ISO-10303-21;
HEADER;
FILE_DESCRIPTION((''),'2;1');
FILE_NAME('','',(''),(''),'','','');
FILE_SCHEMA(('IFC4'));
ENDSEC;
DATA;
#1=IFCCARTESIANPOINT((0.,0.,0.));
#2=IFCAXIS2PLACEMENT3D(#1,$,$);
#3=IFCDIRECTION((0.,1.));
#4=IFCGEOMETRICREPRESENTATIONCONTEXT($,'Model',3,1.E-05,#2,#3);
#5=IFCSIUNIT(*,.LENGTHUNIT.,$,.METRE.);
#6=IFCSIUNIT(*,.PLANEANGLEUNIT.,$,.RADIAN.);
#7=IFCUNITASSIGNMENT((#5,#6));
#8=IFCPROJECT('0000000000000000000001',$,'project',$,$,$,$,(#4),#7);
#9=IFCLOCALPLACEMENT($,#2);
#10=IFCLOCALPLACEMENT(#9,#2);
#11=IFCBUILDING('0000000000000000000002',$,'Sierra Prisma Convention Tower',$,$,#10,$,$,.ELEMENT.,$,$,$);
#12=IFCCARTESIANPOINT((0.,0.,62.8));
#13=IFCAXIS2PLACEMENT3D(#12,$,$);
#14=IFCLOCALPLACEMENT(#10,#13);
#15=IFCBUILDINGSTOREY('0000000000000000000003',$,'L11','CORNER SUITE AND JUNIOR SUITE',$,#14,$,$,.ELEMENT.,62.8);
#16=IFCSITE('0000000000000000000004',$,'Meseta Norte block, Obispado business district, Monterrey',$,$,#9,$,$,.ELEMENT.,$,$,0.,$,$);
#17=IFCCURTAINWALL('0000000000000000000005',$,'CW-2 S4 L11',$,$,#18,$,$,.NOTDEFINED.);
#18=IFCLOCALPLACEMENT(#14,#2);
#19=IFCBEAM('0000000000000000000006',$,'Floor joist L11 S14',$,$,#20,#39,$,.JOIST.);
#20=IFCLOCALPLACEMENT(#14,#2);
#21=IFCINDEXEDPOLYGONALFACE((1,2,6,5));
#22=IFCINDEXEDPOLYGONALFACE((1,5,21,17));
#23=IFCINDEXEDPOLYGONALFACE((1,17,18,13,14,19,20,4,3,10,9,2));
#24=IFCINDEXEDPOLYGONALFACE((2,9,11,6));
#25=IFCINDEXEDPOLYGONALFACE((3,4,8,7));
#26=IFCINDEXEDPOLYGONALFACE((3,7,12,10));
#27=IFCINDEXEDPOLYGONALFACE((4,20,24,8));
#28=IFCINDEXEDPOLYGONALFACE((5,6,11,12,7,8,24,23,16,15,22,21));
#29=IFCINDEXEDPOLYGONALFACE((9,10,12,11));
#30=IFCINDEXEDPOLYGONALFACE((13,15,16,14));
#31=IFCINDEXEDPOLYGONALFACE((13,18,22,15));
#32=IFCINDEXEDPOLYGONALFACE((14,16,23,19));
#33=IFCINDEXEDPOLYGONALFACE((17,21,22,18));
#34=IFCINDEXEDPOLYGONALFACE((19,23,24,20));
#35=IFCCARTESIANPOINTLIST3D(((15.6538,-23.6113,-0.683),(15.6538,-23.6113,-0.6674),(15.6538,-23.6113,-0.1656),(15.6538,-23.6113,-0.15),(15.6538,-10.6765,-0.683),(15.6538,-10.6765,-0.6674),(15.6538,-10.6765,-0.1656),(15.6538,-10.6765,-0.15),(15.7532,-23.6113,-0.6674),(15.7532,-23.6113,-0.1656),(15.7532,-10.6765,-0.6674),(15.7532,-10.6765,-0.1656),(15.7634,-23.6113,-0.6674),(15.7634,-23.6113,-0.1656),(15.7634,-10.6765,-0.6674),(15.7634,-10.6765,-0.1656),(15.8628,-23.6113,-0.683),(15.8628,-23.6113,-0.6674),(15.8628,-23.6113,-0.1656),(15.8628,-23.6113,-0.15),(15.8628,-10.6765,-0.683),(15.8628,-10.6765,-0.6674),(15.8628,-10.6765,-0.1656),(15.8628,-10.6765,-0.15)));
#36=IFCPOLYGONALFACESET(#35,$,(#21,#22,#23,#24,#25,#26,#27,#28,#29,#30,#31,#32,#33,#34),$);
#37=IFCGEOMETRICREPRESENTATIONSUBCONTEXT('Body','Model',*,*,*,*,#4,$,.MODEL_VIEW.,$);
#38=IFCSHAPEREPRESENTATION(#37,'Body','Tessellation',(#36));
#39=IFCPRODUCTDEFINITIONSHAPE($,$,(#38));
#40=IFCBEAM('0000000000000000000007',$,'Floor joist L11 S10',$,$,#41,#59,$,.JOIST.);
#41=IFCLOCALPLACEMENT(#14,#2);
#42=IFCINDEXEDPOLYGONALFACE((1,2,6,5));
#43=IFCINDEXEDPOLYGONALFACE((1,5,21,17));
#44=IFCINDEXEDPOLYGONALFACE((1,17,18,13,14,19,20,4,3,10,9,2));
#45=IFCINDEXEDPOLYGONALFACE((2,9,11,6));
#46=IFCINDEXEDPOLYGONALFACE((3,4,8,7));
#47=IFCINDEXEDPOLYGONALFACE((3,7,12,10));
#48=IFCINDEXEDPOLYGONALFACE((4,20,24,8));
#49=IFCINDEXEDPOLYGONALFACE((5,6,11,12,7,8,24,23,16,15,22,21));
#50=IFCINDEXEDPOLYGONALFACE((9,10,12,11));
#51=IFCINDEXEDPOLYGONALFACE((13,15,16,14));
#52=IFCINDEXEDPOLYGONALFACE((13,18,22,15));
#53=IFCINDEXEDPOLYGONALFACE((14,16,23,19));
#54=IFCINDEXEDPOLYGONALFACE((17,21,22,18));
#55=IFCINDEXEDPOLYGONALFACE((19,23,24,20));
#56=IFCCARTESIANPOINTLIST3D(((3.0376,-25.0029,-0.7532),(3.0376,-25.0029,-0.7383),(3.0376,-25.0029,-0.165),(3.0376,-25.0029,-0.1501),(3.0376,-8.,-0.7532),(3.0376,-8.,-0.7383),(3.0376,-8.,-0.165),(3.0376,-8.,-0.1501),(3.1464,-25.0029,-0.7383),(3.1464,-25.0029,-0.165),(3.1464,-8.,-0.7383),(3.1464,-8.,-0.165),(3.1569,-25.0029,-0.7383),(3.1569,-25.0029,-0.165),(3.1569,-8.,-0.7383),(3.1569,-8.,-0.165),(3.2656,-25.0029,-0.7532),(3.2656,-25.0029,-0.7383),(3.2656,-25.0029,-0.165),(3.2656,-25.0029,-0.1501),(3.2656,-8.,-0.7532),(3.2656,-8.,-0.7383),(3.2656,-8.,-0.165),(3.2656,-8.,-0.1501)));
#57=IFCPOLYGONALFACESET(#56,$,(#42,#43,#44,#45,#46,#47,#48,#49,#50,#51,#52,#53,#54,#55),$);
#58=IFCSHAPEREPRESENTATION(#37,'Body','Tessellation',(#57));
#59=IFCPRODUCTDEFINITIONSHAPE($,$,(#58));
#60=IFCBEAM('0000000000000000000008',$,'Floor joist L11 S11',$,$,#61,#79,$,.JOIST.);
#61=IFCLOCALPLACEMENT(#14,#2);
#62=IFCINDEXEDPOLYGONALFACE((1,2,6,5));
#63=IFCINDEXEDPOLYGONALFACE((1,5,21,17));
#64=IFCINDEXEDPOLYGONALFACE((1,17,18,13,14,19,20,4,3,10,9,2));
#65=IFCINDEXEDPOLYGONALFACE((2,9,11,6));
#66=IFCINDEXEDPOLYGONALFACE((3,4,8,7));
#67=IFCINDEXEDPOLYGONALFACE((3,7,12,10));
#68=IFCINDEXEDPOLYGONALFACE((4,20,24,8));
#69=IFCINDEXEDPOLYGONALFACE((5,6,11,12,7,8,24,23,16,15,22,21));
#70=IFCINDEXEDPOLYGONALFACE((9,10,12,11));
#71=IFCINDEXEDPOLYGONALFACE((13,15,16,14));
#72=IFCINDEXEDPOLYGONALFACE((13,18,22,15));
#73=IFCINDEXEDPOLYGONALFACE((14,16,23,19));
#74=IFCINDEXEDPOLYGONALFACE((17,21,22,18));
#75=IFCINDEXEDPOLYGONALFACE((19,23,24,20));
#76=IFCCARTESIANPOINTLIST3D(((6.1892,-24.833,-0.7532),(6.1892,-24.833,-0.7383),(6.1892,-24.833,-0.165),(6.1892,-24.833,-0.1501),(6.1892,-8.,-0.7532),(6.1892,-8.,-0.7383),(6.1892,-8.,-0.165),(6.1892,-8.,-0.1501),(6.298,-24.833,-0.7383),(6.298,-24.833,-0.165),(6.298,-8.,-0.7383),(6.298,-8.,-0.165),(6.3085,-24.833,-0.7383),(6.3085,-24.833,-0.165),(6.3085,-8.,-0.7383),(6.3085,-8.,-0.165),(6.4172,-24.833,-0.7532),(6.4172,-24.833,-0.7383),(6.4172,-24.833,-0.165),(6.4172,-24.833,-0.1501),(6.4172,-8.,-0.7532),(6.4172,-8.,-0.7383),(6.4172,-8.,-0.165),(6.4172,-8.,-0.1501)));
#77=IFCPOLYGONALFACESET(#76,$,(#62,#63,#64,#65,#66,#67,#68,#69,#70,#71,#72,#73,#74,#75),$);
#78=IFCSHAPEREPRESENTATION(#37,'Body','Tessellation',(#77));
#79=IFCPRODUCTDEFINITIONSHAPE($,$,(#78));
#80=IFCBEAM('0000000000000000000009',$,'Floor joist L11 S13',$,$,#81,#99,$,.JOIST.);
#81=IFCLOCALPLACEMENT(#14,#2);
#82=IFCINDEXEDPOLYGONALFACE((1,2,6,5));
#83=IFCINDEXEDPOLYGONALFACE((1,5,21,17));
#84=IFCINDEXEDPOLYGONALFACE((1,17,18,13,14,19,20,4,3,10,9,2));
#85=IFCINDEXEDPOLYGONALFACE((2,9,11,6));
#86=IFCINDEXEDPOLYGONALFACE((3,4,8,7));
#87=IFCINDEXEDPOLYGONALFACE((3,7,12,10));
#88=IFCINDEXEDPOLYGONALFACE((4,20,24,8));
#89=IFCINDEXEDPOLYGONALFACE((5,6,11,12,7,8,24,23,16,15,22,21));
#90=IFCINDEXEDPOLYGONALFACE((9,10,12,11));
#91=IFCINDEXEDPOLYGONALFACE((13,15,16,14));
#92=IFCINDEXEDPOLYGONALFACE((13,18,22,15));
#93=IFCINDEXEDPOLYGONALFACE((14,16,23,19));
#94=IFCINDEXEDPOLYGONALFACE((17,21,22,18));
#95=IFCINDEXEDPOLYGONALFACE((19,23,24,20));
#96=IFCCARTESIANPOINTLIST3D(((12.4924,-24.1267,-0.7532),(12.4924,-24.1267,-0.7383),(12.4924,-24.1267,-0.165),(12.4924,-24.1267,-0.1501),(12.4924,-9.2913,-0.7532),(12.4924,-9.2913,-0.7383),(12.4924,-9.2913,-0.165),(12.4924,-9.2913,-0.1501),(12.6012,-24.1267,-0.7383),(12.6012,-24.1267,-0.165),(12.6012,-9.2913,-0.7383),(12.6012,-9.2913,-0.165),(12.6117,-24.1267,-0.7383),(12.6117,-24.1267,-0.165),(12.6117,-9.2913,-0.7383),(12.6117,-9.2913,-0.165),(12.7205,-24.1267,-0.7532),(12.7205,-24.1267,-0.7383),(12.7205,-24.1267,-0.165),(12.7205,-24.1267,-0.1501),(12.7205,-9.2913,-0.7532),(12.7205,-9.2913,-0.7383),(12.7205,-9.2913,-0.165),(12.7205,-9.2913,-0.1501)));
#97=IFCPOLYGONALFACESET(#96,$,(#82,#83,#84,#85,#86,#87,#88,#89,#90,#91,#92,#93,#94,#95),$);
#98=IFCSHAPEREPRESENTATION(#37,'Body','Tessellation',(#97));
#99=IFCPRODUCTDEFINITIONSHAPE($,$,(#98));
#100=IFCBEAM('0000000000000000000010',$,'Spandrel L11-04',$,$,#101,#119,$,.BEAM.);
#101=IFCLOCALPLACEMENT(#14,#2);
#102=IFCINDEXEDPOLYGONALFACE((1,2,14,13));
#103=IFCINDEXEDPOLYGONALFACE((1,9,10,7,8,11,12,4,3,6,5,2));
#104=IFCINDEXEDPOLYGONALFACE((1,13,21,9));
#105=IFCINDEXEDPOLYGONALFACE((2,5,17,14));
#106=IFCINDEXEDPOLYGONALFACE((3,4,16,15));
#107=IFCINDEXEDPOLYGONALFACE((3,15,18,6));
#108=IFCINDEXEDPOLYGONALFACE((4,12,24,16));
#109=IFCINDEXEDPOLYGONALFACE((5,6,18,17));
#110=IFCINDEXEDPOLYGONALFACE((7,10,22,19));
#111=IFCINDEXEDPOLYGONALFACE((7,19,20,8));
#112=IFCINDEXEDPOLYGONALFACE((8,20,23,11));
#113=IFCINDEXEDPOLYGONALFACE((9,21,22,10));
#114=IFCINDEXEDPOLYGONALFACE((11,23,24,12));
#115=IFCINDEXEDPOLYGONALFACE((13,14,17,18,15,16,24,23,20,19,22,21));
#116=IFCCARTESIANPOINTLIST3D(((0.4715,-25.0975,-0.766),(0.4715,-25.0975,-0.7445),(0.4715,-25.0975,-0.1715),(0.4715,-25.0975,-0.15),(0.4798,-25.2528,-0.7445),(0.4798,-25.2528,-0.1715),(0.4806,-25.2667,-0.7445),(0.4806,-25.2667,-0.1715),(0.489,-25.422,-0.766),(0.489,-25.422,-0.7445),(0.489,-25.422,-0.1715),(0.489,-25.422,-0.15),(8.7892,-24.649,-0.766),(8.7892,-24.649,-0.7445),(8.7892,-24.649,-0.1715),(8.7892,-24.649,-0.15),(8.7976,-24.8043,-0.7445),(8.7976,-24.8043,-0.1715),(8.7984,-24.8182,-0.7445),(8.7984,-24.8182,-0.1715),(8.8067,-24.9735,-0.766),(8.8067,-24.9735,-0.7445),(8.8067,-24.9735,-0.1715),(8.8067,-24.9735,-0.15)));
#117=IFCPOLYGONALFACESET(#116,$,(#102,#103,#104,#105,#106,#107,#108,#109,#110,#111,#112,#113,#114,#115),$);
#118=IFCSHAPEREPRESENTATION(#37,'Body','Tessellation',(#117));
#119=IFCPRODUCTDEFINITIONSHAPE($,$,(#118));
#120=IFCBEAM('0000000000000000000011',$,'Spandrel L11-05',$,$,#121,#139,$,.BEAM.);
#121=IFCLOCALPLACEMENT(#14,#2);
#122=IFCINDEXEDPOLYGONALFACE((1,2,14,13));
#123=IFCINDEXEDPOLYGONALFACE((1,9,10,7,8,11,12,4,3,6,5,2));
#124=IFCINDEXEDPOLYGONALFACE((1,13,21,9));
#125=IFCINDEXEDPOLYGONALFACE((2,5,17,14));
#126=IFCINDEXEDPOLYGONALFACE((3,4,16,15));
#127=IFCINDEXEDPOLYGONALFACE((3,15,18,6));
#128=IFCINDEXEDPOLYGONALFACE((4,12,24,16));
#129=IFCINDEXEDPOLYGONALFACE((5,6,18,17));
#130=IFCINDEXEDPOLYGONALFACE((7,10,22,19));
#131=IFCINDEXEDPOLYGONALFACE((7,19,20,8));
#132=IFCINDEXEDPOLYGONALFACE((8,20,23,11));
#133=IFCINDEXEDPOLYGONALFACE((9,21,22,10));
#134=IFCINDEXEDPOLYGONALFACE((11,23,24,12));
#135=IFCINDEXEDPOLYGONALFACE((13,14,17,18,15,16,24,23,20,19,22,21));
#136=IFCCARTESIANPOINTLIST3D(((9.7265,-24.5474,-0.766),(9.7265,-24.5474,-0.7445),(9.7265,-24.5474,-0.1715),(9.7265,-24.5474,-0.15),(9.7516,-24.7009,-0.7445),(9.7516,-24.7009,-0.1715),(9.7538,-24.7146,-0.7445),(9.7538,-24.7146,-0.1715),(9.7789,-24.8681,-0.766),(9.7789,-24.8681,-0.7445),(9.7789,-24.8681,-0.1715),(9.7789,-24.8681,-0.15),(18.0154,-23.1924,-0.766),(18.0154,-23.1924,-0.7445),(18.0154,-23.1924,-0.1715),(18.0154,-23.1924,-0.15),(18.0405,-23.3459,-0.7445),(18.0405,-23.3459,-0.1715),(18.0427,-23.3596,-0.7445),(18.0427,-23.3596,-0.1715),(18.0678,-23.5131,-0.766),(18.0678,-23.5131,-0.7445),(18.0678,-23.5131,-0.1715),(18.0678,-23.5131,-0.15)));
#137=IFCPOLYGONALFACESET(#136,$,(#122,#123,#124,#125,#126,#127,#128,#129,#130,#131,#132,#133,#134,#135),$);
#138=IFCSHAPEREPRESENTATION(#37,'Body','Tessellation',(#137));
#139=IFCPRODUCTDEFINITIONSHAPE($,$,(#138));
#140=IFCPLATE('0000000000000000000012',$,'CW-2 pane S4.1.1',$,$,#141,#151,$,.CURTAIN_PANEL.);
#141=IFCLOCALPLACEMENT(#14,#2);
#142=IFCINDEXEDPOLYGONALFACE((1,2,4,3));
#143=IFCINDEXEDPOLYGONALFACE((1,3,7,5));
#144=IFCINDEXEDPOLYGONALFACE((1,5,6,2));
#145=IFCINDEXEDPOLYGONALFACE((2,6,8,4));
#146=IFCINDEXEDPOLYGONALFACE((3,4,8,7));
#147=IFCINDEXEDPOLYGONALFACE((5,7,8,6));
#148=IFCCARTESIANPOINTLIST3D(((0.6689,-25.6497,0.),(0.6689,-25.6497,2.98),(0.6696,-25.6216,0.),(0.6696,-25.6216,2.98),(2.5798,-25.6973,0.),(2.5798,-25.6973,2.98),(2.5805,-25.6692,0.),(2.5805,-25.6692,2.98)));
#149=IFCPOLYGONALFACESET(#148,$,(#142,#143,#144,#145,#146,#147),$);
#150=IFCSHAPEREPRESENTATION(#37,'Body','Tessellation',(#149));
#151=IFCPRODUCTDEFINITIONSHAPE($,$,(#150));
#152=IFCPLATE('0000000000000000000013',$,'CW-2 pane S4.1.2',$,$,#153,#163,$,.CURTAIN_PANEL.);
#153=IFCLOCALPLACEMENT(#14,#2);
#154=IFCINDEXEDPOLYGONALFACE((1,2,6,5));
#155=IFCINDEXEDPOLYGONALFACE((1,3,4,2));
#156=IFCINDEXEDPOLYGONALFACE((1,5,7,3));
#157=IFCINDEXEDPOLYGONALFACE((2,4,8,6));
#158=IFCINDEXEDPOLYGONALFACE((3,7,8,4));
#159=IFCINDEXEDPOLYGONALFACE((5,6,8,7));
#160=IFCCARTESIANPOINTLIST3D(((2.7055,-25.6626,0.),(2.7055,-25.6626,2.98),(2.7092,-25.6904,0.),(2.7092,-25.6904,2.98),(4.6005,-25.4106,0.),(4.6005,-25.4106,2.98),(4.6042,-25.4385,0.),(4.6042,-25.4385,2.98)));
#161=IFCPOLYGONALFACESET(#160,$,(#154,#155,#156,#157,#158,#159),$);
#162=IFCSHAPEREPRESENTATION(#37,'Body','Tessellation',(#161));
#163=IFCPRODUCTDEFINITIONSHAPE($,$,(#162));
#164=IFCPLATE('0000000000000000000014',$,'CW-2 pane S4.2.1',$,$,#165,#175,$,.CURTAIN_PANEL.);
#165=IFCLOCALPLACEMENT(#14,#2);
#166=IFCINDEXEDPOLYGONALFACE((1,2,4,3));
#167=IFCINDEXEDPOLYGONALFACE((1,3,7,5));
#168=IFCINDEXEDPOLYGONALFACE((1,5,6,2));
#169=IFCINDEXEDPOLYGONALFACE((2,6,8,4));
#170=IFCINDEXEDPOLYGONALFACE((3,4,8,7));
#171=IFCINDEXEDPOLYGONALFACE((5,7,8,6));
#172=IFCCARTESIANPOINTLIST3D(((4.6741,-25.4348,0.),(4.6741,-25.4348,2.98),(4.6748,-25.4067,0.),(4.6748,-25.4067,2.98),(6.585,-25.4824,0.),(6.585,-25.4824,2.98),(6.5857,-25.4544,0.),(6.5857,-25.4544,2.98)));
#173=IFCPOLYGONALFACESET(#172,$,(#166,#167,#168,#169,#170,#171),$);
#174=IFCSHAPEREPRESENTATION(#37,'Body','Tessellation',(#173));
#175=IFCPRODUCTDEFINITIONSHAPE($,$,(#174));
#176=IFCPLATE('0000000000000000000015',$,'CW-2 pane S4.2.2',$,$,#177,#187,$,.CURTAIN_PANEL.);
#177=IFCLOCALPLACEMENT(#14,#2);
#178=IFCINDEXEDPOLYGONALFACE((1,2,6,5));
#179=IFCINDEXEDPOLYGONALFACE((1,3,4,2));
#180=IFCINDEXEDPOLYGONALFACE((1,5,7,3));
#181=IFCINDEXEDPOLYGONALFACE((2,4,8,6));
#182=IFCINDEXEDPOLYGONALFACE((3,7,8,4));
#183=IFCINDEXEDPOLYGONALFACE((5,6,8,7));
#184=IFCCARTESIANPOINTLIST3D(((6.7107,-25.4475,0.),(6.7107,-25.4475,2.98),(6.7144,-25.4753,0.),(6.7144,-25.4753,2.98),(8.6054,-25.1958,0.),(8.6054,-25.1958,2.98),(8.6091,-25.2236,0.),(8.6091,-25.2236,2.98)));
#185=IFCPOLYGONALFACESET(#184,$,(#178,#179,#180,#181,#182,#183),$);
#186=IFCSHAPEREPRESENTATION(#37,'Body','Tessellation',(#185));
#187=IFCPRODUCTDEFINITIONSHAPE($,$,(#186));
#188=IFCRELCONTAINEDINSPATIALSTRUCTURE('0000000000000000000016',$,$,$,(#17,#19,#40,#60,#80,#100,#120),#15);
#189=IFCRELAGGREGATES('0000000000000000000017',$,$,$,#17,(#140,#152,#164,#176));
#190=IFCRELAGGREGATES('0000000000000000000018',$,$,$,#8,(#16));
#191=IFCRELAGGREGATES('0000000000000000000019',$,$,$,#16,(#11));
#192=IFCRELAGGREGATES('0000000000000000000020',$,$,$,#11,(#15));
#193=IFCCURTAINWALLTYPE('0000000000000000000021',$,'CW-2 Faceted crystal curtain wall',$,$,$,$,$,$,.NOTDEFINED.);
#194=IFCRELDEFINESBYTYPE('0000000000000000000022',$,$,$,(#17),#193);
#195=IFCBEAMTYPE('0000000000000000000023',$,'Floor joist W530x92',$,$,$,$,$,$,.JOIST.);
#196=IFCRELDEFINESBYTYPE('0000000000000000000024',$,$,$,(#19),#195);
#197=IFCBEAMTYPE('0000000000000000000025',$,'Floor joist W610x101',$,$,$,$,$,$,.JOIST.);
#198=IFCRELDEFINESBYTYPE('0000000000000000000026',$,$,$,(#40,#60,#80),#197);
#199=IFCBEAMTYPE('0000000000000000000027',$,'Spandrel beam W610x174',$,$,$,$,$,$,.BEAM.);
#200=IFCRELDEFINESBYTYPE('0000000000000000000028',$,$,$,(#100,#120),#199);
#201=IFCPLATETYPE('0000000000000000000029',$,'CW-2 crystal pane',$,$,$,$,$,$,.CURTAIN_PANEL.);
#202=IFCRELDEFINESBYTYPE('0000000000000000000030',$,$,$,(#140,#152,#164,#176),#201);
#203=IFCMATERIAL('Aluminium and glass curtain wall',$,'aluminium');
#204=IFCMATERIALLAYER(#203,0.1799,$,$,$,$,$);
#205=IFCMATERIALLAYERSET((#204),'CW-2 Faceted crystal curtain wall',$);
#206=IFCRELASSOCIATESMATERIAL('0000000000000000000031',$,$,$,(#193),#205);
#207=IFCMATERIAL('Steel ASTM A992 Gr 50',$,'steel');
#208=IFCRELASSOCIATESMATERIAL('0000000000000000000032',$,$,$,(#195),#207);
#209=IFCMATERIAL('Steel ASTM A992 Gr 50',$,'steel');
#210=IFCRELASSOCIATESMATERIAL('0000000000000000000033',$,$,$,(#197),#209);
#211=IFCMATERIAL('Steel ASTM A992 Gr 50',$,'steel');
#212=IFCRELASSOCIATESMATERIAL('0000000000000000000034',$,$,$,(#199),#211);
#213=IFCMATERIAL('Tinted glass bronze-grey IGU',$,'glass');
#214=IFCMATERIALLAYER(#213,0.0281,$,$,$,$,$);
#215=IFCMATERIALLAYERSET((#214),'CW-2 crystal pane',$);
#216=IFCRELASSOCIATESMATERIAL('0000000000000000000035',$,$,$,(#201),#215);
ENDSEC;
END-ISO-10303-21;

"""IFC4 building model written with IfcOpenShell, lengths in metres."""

from ifc_helpers import new_model, si_unit, direction, frame, origin, origin_2d, place, context, subcontext, project, spatial, polyline, i_section, outline, extrude, material, layer, layer_set, material_profile, profile_set, type_object, element, aggregate, save


model = new_model("IFC4")

# Units and contexts
model_context = context("Model", 3, precision=1e-05, world=origin(), true_north=direction((0.0, 1.0)))
body_context = subcontext(model_context, "Body", "Model", "MODEL_VIEW")
ifc_project = project(units=[si_unit("LENGTHUNIT", "METRE"), si_unit("PLANEANGLEUNIT", "RADIAN")], contexts=[model_context])

# Site, building, storey
site_placement = place(None, origin())
site = spatial("IfcSite", under=ifc_project, at=site_placement, Name="Meseta Norte block, Obispado business district, Monterrey", CompositionType="ELEMENT", RefElevation=0.0)
building_placement = place(site_placement, origin())
building = spatial("IfcBuilding", under=site, at=building_placement, Name="Sierra Prisma Convention Tower", CompositionType="ELEMENT")
storey_placement = place(building_placement, frame((0.0, 0.0, 62.8)))
storey = spatial("IfcBuildingStorey", under=building, at=storey_placement, Name="L11", Description="CORNER SUITE AND JUNIOR SUITE", CompositionType="ELEMENT", Elevation=62.8)

# Curtain wall
ifc_material_1 = material(Name="Aluminium and glass curtain wall", Category="aluminium")
ifc_layer_1 = layer(ifc_material_1, 0.1799)
ifc_layer_set_1 = layer_set([ifc_layer_1], Name="CW-2 Faceted crystal curtain wall")
curtain_wall_type = type_object("IfcCurtainWallType", Name="CW-2 Faceted crystal curtain wall", PredefinedType="NOTDEFINED", material=ifc_layer_set_1)
curtain_wall_1_placement = place(storey_placement, origin())
curtain_wall_1 = element("IfcCurtainWall", 1, at=curtain_wall_1_placement, inside=storey, type_object=curtain_wall_type, Name="CW-2 S4 L11", PredefinedType="NOTDEFINED")

# Beams
ifc_material_2 = material(Name="Steel ASTM A992 Gr 50", Category="steel")
ifc_material_profile_1 = material_profile(ifc_material_2, i_section(OverallWidth=0.209, OverallDepth=0.533, WebThickness=0.0103, FlangeThickness=0.0156, at=origin_2d()), Name="W530x92")
ifc_profile_set_1 = profile_set([ifc_material_profile_1], Name="Steel ASTM A992 Gr 50")
beam_type_1 = type_object("IfcBeamType", Name="Floor joist W530x92", PredefinedType="JOIST", material=ifc_profile_set_1)
beam_1_placement = place(storey_placement, frame((15.7583, -23.6113, -0.4165), z_axis=(0.0, 1.0, 0.0), x_axis=(-1.0, 0.0, 0.0)))
element("IfcBeam", 2, at=beam_1_placement, inside=storey, type_object=beam_type_1, Name="Floor joist L11 S14", PredefinedType="JOIST", context=body_context, shape_type="SweptSolid", body=[
    extrude(i_section(OverallWidth=0.209, OverallDepth=0.533, WebThickness=0.0103, FlangeThickness=0.0156, at=origin_2d()), origin(), (0.0, 0.0, 1.0), 12.9348),
])
ifc_material_3 = material(Name="Steel ASTM A992 Gr 50", Category="steel")
ifc_material_profile_2 = material_profile(ifc_material_3, i_section(OverallWidth=0.228, OverallDepth=0.603, WebThickness=0.0105, FlangeThickness=0.0149, at=origin_2d()), Name="W610x101")
ifc_profile_set_2 = profile_set([ifc_material_profile_2], Name="Steel ASTM A992 Gr 50")
beam_type_2 = type_object("IfcBeamType", Name="Floor joist W610x101", PredefinedType="JOIST", material=ifc_profile_set_2)
beam_2_placement = place(storey_placement, frame((3.1516, -25.0029, -0.4517), z_axis=(0.0, 1.0, 0.0), x_axis=(-1.0, 0.0, 0.0)))
element("IfcBeam", 3, at=beam_2_placement, inside=storey, type_object=beam_type_2, Name="Floor joist L11 S10", PredefinedType="JOIST", context=body_context, shape_type="SweptSolid", body=[
    extrude(i_section(OverallWidth=0.228, OverallDepth=0.603, WebThickness=0.0105, FlangeThickness=0.0149, at=origin_2d()), origin(), (0.0, 0.0, 1.0), 17.0029),
])
beam_3_placement = place(storey_placement, frame((6.3032, -24.833, -0.4517), z_axis=(0.0, 1.0, 0.0), x_axis=(-1.0, 0.0, 0.0)))
element("IfcBeam", 4, at=beam_3_placement, inside=storey, type_object=beam_type_2, Name="Floor joist L11 S11", PredefinedType="JOIST", context=body_context, shape_type="SweptSolid", body=[
    extrude(i_section(OverallWidth=0.228, OverallDepth=0.603, WebThickness=0.0105, FlangeThickness=0.0149, at=origin_2d()), origin(), (0.0, 0.0, 1.0), 16.833),
])
beam_4_placement = place(storey_placement, frame((12.6064, -24.1267, -0.4517), z_axis=(0.0, 1.0, 0.0), x_axis=(-1.0, 0.0, 0.0)))
element("IfcBeam", 5, at=beam_4_placement, inside=storey, type_object=beam_type_2, Name="Floor joist L11 S13", PredefinedType="JOIST", context=body_context, shape_type="SweptSolid", body=[
    extrude(i_section(OverallWidth=0.228, OverallDepth=0.603, WebThickness=0.0105, FlangeThickness=0.0149, at=origin_2d()), origin(), (0.0, 0.0, 1.0), 14.8354),
])
ifc_material_4 = material(Name="Steel ASTM A992 Gr 50", Category="steel")
ifc_material_profile_3 = material_profile(ifc_material_4, i_section(OverallWidth=0.325, OverallDepth=0.616, WebThickness=0.0139, FlangeThickness=0.0215, at=origin_2d()), Name="W610x174")
ifc_profile_set_3 = profile_set([ifc_material_profile_3], Name="Steel ASTM A992 Gr 50")
beam_type_3 = type_object("IfcBeamType", Name="Spandrel beam W610x174", PredefinedType="BEAM", material=ifc_profile_set_3)
beam_5_placement = place(storey_placement, frame((0.4802, -25.2598, -0.458), z_axis=(0.99855, 0.05384, 0.0), x_axis=(-0.05384, 0.99855, 0.0)))
element("IfcBeam", 6, at=beam_5_placement, inside=storey, type_object=beam_type_3, Name="Spandrel L11-04", PredefinedType="BEAM", context=body_context, shape_type="SweptSolid", body=[
    extrude(i_section(OverallWidth=0.325, OverallDepth=0.616, WebThickness=0.0139, FlangeThickness=0.0215, at=origin_2d()), origin(), (0.0, 0.0, 1.0), 8.3298),
])
beam_6_placement = place(storey_placement, frame((9.7527, -24.7078, -0.458), z_axis=(0.986901, 0.16133, 0.0), x_axis=(-0.16133, 0.986901, 0.0)))
element("IfcBeam", 7, at=beam_6_placement, inside=storey, type_object=beam_type_3, Name="Spandrel L11-05", PredefinedType="BEAM", context=body_context, shape_type="SweptSolid", body=[
    extrude(i_section(OverallWidth=0.325, OverallDepth=0.616, WebThickness=0.0139, FlangeThickness=0.0215, at=origin_2d()), origin(), (0.0, 0.0, 1.0), 8.3989),
])

# Plates
ifc_material_5 = material(Name="Tinted glass bronze-grey IGU", Category="glass")
ifc_layer_2 = layer(ifc_material_5, 0.0281)
ifc_layer_set_2 = layer_set([ifc_layer_2], Name="CW-2 crystal pane")
plate_type = type_object("IfcPlateType", Name="CW-2 crystal pane", PredefinedType="CURTAIN_PANEL", material=ifc_layer_set_2)
plate_1_placement = place(storey_placement, frame((0.6689, -25.6497, 0.0), z_axis=(-0.024906, -0.99969, 0.0), x_axis=(0.99969, -0.024906, 0.0)))
plate_1 = element("IfcPlate", 8, at=plate_1_placement, type_object=plate_type, Name="CW-2 pane S4.1.1", PredefinedType="CURTAIN_PANEL", context=body_context, shape_type="SweptSolid", body=[
    extrude(outline(polyline([(0.0, 0.0), (1.9115, 0.0), (1.9115, 2.98), (0.0, 2.98), (0.0, 0.0)])), origin(), (0.0, 0.0, -1.0), 0.0281),
])
plate_2_placement = place(storey_placement, frame((4.6042, -25.4385, 0.0), z_axis=(0.131796, -0.991277, 0.0), x_axis=(-0.991277, -0.131796, 0.0)))
plate_2 = element("IfcPlate", 9, at=plate_2_placement, type_object=plate_type, Name="CW-2 pane S4.1.2", PredefinedType="CURTAIN_PANEL", context=body_context, shape_type="SweptSolid", body=[
    extrude(outline(polyline([(0.0, 0.0), (1.9117, 0.0), (1.9117, -2.98), (0.0, -2.98), (0.0, 0.0)])), origin(), (0.0, 0.0, -1.0), 0.0281),
])
plate_3_placement = place(storey_placement, frame((4.6741, -25.4348, 0.0), z_axis=(-0.024906, -0.99969, 0.0), x_axis=(0.99969, -0.024906, 0.0)))
plate_3 = element("IfcPlate", 10, at=plate_3_placement, type_object=plate_type, Name="CW-2 pane S4.2.1", PredefinedType="CURTAIN_PANEL", context=body_context, shape_type="SweptSolid", body=[
    extrude(outline(polyline([(0.0, 0.0), (1.9115, 0.0), (1.9115, 2.98), (0.0, 2.98), (0.0, 0.0)])), origin(), (0.0, 0.0, -1.0), 0.0281),
])
plate_4_placement = place(storey_placement, frame((8.6091, -25.2236, 0.0), z_axis=(0.131687, -0.991291, 0.0), x_axis=(-0.991291, -0.131687, 0.0)))
plate_4 = element("IfcPlate", 11, at=plate_4_placement, type_object=plate_type, Name="CW-2 pane S4.2.2", PredefinedType="CURTAIN_PANEL", context=body_context, shape_type="SweptSolid", body=[
    extrude(outline(polyline([(0.0, 0.0), (1.9114, 0.0), (1.9114, -2.98), (0.0, -2.98), (0.0, 0.0)])), origin(), (0.0, 0.0, -1.0), 0.0281),
])
aggregate(curtain_wall_1, [plate_1, plate_2, plate_3, plate_4])

save(model, "model.ifc")
